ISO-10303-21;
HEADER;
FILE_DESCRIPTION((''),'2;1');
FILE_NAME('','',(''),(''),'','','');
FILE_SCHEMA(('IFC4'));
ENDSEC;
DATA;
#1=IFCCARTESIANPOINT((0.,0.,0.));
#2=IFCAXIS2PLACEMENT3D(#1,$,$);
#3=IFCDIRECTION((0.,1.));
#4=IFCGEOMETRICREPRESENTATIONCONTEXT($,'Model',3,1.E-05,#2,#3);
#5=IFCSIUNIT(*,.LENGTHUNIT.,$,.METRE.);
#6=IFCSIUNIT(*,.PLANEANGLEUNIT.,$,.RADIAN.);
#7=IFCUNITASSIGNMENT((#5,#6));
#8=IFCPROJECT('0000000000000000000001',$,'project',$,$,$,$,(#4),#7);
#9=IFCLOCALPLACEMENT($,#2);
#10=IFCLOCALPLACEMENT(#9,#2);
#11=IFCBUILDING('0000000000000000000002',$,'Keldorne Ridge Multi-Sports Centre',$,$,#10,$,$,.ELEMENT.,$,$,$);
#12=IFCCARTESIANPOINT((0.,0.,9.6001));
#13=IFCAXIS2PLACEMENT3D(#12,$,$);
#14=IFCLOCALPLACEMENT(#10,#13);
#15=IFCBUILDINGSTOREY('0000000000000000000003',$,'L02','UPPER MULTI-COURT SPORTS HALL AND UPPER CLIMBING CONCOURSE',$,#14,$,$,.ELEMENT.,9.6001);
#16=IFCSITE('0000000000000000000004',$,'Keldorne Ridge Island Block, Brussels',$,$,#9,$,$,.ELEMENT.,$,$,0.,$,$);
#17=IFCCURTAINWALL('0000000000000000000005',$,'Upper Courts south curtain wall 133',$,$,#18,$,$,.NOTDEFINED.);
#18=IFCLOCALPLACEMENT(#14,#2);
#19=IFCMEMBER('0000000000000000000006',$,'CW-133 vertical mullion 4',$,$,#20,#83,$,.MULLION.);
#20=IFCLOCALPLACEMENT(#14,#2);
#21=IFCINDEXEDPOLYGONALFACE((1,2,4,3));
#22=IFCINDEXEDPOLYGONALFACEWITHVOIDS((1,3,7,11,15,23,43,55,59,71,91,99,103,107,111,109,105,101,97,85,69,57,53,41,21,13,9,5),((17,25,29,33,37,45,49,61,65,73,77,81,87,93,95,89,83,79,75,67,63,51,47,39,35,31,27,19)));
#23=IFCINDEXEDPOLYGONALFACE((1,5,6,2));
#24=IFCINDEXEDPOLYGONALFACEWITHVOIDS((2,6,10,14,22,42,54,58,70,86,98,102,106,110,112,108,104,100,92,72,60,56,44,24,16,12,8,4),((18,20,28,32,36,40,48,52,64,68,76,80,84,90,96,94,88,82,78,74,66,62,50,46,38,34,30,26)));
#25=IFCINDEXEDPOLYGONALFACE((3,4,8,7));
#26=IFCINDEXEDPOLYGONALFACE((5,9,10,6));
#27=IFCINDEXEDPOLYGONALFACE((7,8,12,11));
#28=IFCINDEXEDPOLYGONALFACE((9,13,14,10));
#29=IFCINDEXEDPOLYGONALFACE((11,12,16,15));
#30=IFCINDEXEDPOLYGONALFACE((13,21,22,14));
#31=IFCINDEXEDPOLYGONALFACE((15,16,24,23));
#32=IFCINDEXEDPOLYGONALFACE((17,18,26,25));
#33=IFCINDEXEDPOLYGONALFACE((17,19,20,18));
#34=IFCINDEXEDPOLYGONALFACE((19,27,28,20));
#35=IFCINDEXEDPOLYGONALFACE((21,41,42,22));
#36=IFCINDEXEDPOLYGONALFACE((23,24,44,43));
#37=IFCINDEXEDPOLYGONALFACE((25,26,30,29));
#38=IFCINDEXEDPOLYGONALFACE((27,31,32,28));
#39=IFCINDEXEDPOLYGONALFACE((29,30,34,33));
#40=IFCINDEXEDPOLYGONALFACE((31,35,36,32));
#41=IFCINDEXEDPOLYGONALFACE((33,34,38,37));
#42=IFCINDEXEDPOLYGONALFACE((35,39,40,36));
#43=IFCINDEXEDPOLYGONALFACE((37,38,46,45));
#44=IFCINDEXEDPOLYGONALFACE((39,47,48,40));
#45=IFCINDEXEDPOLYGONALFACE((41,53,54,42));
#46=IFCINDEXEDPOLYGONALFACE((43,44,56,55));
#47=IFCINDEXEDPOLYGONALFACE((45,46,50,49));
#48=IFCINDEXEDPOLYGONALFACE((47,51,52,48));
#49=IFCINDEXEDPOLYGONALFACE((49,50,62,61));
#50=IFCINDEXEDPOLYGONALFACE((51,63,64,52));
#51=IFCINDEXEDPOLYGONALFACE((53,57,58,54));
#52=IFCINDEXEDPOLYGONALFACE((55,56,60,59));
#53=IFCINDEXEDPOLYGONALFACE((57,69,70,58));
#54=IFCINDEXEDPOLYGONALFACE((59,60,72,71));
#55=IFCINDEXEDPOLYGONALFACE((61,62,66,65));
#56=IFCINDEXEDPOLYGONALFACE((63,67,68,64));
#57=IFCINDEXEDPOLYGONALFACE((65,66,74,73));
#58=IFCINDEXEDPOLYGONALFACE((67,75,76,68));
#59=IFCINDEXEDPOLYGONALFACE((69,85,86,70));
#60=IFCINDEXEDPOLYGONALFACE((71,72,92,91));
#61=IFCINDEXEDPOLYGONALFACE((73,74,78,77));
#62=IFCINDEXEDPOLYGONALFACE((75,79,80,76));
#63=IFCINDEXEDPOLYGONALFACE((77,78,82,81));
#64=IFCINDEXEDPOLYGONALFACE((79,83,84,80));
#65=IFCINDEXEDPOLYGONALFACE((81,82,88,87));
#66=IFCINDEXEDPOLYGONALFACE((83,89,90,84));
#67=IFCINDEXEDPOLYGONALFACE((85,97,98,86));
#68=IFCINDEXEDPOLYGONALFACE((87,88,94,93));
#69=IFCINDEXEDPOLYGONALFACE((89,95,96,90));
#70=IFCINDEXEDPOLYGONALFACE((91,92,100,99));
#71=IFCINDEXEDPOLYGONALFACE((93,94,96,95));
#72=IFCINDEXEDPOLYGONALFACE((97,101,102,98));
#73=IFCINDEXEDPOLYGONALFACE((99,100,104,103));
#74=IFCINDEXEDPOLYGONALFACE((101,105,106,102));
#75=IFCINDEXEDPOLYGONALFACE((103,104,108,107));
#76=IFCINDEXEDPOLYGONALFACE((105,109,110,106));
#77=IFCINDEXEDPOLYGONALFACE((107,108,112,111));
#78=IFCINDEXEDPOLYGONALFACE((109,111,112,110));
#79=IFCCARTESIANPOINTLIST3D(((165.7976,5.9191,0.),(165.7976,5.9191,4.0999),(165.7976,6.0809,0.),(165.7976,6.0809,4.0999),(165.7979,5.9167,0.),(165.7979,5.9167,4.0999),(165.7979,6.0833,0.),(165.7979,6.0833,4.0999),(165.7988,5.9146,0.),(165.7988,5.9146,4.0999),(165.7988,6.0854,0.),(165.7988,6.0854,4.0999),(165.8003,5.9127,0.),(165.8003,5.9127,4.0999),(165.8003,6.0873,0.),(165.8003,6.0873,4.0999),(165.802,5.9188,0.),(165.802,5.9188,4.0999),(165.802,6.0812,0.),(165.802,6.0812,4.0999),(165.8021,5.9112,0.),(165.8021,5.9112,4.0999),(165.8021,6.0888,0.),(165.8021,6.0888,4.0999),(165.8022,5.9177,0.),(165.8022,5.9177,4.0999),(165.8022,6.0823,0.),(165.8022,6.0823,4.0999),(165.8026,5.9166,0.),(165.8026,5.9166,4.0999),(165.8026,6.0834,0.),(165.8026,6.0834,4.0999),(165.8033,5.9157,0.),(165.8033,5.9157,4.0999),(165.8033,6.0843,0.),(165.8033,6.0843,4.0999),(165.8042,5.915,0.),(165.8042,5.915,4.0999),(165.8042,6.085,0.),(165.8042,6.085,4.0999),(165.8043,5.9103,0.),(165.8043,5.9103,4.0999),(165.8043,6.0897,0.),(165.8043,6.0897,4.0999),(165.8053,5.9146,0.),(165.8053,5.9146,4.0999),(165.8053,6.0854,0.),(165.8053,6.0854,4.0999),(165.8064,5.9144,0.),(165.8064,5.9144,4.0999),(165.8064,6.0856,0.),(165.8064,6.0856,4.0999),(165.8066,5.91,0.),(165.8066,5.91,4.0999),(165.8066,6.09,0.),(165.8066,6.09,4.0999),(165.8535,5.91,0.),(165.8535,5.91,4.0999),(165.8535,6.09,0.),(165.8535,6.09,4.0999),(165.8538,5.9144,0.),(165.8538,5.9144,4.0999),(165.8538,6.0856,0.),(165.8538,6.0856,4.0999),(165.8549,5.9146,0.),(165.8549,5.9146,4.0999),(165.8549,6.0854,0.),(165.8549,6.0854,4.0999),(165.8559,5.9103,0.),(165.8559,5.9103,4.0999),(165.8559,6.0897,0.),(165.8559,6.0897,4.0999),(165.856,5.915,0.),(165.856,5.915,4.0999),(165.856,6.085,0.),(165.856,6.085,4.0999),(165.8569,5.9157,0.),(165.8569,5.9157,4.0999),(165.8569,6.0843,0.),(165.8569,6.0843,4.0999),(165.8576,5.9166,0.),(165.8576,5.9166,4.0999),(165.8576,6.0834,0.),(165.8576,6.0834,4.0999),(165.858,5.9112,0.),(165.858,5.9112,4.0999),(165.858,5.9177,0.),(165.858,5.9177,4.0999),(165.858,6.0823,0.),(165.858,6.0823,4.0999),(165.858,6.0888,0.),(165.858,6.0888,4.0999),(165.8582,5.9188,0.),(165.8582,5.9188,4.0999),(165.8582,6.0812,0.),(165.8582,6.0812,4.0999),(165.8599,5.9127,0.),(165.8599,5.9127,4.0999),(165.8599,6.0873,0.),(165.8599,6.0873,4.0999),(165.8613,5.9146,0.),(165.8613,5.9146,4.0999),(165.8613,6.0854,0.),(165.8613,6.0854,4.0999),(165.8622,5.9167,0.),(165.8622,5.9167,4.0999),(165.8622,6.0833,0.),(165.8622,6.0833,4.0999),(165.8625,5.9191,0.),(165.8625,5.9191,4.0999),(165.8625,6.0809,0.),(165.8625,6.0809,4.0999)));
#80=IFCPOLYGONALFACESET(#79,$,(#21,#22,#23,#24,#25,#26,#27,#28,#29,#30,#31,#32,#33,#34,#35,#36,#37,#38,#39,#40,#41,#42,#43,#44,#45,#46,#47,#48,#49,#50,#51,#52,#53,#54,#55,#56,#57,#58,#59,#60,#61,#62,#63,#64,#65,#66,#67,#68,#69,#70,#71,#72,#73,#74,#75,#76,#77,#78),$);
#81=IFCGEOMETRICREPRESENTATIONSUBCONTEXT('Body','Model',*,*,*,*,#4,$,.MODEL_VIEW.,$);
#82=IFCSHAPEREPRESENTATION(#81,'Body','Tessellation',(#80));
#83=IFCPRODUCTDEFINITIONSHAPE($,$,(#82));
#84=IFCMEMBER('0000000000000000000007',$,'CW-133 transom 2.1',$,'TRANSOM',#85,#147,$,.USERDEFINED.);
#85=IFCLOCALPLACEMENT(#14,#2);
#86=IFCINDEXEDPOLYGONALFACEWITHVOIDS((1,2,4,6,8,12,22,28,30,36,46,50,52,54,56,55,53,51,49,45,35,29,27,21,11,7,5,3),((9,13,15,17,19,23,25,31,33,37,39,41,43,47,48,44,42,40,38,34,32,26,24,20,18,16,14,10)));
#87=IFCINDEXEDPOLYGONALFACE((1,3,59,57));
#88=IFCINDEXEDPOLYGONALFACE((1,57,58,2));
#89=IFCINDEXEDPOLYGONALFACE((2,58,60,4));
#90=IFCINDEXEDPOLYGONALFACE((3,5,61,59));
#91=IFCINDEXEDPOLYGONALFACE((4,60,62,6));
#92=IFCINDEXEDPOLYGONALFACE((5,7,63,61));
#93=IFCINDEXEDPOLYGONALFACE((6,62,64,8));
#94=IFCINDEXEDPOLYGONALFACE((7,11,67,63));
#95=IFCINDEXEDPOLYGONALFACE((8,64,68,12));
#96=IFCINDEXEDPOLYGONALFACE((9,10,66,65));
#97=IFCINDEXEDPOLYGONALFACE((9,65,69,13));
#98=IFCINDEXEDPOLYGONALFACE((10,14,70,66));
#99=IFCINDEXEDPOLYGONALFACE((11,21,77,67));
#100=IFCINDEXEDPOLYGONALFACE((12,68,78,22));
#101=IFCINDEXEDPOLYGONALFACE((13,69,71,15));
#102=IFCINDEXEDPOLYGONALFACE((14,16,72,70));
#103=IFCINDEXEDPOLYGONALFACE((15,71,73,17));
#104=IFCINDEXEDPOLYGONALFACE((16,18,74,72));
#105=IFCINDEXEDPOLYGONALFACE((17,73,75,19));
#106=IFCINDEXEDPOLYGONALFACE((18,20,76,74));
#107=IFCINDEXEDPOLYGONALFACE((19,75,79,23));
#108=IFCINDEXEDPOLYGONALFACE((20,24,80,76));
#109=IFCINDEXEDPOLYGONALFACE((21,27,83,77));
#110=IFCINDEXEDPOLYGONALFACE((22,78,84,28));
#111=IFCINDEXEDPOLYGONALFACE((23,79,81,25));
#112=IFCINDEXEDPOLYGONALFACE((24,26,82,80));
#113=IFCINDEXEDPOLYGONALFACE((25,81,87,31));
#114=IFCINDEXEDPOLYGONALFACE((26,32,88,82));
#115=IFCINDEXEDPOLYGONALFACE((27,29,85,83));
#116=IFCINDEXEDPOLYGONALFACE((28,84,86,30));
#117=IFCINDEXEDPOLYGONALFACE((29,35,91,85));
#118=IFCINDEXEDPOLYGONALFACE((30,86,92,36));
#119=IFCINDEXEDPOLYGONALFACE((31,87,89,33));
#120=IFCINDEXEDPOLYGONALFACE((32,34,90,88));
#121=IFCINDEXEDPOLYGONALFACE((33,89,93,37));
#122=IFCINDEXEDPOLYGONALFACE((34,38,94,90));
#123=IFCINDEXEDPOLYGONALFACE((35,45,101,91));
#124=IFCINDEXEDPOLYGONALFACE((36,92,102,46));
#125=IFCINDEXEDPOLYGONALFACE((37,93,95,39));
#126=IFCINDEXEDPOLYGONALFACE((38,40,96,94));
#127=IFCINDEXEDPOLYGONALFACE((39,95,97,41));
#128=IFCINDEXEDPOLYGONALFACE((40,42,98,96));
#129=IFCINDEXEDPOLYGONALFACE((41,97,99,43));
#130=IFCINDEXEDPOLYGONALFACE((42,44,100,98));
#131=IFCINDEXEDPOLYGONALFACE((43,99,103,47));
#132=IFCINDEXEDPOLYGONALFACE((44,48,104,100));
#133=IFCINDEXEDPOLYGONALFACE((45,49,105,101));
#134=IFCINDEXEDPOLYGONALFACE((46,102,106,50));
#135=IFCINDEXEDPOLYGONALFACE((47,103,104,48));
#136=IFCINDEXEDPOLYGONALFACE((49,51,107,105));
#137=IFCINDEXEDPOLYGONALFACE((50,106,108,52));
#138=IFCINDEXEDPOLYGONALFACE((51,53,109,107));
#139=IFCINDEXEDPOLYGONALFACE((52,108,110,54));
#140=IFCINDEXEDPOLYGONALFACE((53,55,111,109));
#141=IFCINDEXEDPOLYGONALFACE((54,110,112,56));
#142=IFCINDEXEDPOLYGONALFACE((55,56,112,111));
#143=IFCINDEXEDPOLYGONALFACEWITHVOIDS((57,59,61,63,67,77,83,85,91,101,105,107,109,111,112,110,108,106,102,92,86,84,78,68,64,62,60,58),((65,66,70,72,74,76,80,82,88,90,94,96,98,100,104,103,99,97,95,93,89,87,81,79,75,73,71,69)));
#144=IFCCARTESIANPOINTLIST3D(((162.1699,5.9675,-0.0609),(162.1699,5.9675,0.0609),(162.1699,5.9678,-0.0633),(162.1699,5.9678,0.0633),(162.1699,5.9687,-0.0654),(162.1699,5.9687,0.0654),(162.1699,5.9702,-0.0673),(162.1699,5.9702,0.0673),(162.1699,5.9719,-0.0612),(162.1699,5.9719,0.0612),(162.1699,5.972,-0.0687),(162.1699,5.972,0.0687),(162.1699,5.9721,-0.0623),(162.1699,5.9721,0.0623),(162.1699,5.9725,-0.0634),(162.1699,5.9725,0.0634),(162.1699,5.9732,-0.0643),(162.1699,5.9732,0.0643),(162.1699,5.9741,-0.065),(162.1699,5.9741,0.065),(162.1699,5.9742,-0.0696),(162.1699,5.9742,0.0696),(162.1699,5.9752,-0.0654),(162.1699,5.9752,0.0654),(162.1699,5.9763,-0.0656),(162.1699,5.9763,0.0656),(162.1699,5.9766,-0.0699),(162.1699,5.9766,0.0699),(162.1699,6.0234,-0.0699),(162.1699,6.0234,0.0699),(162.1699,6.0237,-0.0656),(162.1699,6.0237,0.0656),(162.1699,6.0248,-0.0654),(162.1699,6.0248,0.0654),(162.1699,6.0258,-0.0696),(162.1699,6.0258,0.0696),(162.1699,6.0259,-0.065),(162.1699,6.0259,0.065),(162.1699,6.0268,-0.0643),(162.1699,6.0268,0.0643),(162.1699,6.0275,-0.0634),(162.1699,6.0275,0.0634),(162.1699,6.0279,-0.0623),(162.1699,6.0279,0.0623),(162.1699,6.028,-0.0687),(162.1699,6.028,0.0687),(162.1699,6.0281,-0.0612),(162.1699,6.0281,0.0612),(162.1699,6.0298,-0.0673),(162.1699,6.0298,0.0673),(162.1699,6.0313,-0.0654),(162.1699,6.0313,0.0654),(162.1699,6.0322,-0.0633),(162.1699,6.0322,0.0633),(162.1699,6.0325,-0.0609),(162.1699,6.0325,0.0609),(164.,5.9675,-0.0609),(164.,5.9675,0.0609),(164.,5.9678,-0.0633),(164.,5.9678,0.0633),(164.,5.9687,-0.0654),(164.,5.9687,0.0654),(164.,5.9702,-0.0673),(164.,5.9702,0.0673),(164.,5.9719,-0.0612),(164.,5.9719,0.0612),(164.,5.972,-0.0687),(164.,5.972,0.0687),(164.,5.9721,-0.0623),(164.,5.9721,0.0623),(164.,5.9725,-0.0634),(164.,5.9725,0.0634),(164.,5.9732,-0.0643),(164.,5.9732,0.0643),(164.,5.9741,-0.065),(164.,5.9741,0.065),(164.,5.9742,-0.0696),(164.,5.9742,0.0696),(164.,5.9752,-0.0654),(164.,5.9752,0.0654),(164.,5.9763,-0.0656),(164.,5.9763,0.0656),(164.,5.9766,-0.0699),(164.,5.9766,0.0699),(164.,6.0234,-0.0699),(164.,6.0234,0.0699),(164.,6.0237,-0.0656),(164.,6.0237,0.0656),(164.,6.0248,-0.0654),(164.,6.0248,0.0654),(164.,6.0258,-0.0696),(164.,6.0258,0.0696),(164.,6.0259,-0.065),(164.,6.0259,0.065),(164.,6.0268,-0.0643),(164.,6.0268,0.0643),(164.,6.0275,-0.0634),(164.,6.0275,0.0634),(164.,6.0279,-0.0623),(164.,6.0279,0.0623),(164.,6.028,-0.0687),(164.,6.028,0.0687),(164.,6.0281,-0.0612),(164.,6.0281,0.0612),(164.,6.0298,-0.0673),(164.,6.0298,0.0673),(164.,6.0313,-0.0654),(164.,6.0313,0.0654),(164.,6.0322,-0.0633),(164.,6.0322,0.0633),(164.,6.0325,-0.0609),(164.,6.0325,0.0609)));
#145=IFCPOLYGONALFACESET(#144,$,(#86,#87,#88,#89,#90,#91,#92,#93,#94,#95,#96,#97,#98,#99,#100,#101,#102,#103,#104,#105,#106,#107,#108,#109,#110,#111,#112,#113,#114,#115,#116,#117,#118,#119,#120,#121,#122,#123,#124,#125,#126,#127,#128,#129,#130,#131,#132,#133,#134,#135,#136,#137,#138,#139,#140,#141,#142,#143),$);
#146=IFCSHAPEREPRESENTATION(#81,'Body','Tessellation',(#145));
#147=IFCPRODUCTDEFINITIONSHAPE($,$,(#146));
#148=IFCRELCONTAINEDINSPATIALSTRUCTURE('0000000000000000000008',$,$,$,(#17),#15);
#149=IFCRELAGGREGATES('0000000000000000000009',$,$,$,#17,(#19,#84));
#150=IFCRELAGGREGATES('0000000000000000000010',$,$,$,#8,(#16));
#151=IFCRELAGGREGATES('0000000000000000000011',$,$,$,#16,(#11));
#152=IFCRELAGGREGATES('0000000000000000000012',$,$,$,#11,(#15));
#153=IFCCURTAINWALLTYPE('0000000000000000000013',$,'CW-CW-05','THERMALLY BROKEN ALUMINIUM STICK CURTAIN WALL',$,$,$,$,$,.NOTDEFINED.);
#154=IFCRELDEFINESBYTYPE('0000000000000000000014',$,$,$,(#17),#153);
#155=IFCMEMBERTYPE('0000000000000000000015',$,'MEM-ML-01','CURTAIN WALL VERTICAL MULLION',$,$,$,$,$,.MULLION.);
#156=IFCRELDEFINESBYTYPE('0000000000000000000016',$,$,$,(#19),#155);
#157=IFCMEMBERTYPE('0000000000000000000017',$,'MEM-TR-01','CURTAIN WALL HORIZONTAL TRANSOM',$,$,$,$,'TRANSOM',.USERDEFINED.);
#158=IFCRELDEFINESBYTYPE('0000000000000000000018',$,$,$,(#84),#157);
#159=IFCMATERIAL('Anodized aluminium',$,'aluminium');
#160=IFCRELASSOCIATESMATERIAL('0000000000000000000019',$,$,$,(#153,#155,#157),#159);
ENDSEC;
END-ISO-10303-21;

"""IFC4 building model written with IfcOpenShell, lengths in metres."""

from ifc_helpers import new_model, si_unit, direction, frame, origin, origin_2d, place, context, subcontext, project, spatial, hollow_rectangle, extrude, material, material_profile, profile_set, type_object, element, aggregate, save


model = new_model("IFC4")

# Units and contexts
model_context = context("Model", 3, precision=1e-05, world=origin(), true_north=direction((0.0, 1.0)))
body_context = subcontext(model_context, "Body", "Model", "MODEL_VIEW")
ifc_project = project(units=[si_unit("LENGTHUNIT", "METRE"), si_unit("PLANEANGLEUNIT", "RADIAN")], contexts=[model_context])

# Site, building, storey
site_placement = place(None, origin())
site = spatial("IfcSite", under=ifc_project, at=site_placement, Name="Keldorne Ridge Island Block, Brussels", CompositionType="ELEMENT", RefElevation=0.0)
building_placement = place(site_placement, origin())
building = spatial("IfcBuilding", under=site, at=building_placement, Name="Keldorne Ridge Multi-Sports Centre", CompositionType="ELEMENT")
storey_placement = place(building_placement, frame((0.0, 0.0, 9.6001)))
storey = spatial("IfcBuildingStorey", under=building, at=storey_placement, Name="L02", Description="UPPER MULTI-COURT SPORTS HALL AND UPPER CLIMBING CONCOURSE", CompositionType="ELEMENT", Elevation=9.6001)

# Curtain wall, members
ifc_material_1 = material(Name="Anodized aluminium", Category="aluminium")
curtain_wall_type = type_object("IfcCurtainWallType", Name="CW-CW-05", Description="THERMALLY BROKEN ALUMINIUM STICK CURTAIN WALL", PredefinedType="NOTDEFINED", material=ifc_material_1)
curtain_wall_placement = place(storey_placement, origin())
curtain_wall = element("IfcCurtainWall", 1, at=curtain_wall_placement, inside=storey, type_object=curtain_wall_type, Name="Upper Courts south curtain wall 133", PredefinedType="NOTDEFINED")
ifc_material_profile_1 = material_profile(ifc_material_1, hollow_rectangle(XDim=0.0649, YDim=0.1799, WallThickness=0.0044, InnerFilletRadius=0.0044, OuterFilletRadius=0.009, at=origin_2d()), Name="ALU MULLION 180x65x4.5")
ifc_profile_set_1 = profile_set([ifc_material_profile_1], Name="Anodized aluminium")
member_type_1 = type_object("IfcMemberType", Name="MEM-ML-01", Description="CURTAIN WALL VERTICAL MULLION", PredefinedType="MULLION", material=ifc_profile_set_1)
member_1_placement = place(storey_placement, frame((165.8301, 6.0, 0.0), z_axis=(0.0, 0.0, 1.0), x_axis=(1.0, 0.0, 0.0)))
member_1 = element("IfcMember", 2, at=member_1_placement, type_object=member_type_1, Name="CW-133 vertical mullion 4", PredefinedType="MULLION", context=body_context, shape_type="SweptSolid", body=[
    extrude(hollow_rectangle(XDim=0.0649, YDim=0.1799, WallThickness=0.0044, InnerFilletRadius=0.0044, OuterFilletRadius=0.009, at=origin_2d()), origin(), (0.0, 0.0, 1.0), 4.0999),
])
ifc_material_profile_2 = material_profile(ifc_material_1, hollow_rectangle(XDim=0.0649, YDim=0.1399, WallThickness=0.0044, InnerFilletRadius=0.0044, OuterFilletRadius=0.009, at=origin_2d()), Name="ALU TRANSOM 140x65x4.5")
ifc_profile_set_2 = profile_set([ifc_material_profile_2], Name="Anodized aluminium")
member_type_2 = type_object("IfcMemberType", Name="MEM-TR-01", Description="CURTAIN WALL HORIZONTAL TRANSOM", ElementType="TRANSOM", PredefinedType="USERDEFINED", material=ifc_profile_set_2)
member_2_placement = place(storey_placement, frame((162.1699, 6.0, 0.0), z_axis=(1.0, 0.0, 0.0), x_axis=(0.0, 1.0, 0.0)))
member_2 = element("IfcMember", 3, at=member_2_placement, type_object=member_type_2, Name="CW-133 transom 2.1", ObjectType="TRANSOM", PredefinedType="USERDEFINED", context=body_context, shape_type="SweptSolid", body=[
    extrude(hollow_rectangle(XDim=0.0649, YDim=0.1399, WallThickness=0.0044, InnerFilletRadius=0.0044, OuterFilletRadius=0.009, at=origin_2d()), origin(), (0.0, 0.0, 1.0), 1.8301),
])
aggregate(curtain_wall, [member_1, member_2])

save(model, "model.ifc")
